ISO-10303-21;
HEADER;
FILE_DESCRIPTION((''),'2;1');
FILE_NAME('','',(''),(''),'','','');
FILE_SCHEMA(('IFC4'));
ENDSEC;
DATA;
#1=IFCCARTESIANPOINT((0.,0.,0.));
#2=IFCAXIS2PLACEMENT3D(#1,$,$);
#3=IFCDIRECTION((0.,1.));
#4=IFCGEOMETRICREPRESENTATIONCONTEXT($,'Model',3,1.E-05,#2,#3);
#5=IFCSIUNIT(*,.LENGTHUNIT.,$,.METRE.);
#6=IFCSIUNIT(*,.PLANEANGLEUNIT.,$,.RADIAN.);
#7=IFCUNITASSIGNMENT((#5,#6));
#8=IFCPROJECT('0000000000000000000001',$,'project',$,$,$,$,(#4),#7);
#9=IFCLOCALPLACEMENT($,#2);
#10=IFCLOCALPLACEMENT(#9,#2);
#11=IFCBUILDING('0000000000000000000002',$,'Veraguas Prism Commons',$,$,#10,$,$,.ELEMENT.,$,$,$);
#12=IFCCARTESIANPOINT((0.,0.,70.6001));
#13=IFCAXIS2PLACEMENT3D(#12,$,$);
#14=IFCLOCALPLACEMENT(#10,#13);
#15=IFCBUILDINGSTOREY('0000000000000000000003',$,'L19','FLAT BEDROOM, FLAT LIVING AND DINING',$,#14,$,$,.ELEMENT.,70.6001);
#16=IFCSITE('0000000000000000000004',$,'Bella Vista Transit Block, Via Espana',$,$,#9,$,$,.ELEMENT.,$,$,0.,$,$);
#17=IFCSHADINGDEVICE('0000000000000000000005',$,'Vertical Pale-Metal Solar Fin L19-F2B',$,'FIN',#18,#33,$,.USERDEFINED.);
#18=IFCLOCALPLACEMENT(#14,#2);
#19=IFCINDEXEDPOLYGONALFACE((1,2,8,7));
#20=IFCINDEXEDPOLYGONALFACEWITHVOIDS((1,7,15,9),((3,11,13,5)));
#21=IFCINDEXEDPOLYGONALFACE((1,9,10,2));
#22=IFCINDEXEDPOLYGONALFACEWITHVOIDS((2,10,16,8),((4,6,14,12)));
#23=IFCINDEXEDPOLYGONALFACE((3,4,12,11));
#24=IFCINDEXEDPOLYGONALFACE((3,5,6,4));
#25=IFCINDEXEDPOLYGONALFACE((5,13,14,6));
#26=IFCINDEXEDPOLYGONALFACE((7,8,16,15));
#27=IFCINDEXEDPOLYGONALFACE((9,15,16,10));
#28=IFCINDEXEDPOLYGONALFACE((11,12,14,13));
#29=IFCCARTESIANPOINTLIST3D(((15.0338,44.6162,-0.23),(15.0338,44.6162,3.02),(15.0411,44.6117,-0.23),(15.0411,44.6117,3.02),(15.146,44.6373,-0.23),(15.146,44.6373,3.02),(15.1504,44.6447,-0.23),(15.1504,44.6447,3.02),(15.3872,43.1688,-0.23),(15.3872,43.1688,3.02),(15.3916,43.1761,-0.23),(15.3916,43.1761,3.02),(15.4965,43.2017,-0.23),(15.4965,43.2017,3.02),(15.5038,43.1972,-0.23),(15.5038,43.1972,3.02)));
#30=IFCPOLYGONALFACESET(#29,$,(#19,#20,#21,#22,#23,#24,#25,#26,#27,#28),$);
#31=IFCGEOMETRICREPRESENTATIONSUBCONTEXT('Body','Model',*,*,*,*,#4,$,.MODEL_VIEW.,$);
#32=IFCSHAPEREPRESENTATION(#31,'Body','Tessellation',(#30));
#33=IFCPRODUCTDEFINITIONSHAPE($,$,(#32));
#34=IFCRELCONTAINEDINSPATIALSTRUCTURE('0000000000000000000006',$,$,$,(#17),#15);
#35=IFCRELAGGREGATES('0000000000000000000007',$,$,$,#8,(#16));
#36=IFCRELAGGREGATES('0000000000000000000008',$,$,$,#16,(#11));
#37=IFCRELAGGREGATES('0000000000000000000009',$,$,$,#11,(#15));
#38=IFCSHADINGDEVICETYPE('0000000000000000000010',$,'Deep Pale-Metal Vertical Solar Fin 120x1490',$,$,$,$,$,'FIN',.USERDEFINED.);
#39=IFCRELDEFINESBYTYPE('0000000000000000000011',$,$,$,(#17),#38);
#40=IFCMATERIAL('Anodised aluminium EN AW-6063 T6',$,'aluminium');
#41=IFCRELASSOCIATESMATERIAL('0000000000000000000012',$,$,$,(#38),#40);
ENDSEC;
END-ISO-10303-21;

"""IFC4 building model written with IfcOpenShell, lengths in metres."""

from ifc_helpers import new_model, si_unit, direction, frame, origin, origin_2d, place, context, subcontext, project, spatial, hollow_rectangle, extrude, material, material_profile, profile_set, type_object, element, save


model = new_model("IFC4")

# Units and contexts
model_context = context("Model", 3, precision=1e-05, world=origin(), true_north=direction((0.0, 1.0)))
body_context = subcontext(model_context, "Body", "Model", "MODEL_VIEW")
ifc_project = project(units=[si_unit("LENGTHUNIT", "METRE"), si_unit("PLANEANGLEUNIT", "RADIAN")], contexts=[model_context])

# Site, building, storey
site_placement = place(None, origin())
site = spatial("IfcSite", under=ifc_project, at=site_placement, Name="Bella Vista Transit Block, Via Espana", CompositionType="ELEMENT", RefElevation=0.0)
building_placement = place(site_placement, origin())
building = spatial("IfcBuilding", under=site, at=building_placement, Name="Veraguas Prism Commons", CompositionType="ELEMENT")
storey_placement = place(building_placement, frame((0.0, 0.0, 70.6001)))
storey = spatial("IfcBuildingStorey", under=building, at=storey_placement, Name="L19", Description="FLAT BEDROOM, FLAT LIVING AND DINING", CompositionType="ELEMENT", Elevation=70.6001)

# Shared definitions
ifc_material_1 = material(Name="Anodised aluminium EN AW-6063 T6", Category="aluminium")

# Shading device
ifc_material_profile_1 = material_profile(ifc_material_1, hollow_rectangle(XDim=0.1201, YDim=1.49, WallThickness=0.0061, at=origin_2d()), Name="FIN120X1490X6")
ifc_profile_set_1 = profile_set([ifc_material_profile_1], Name="Anodised aluminium EN AW-6063 T6")
shading_device_type = type_object("IfcShadingDeviceType", Name="Deep Pale-Metal Vertical Solar Fin 120x1490", ElementType="FIN", PredefinedType="USERDEFINED", material=ifc_profile_set_1)
shading_device_placement = place(storey_placement, frame((15.2688, 43.9067, -0.23), z_axis=(0.0, 0.0, 1.0), x_axis=(-0.971466, -0.237181, 0.0)))
element("IfcShadingDevice", 1, at=shading_device_placement, inside=storey, type_object=shading_device_type, Name="Vertical Pale-Metal Solar Fin L19-F2B", ObjectType="FIN", PredefinedType="USERDEFINED", context=body_context, shape_type="SweptSolid", body=[
    extrude(hollow_rectangle(XDim=0.1201, YDim=1.49, WallThickness=0.0061, at=origin_2d()), origin(), (0.0, 0.0, 1.0), 3.25),
])

save(model, "model.ifc")
